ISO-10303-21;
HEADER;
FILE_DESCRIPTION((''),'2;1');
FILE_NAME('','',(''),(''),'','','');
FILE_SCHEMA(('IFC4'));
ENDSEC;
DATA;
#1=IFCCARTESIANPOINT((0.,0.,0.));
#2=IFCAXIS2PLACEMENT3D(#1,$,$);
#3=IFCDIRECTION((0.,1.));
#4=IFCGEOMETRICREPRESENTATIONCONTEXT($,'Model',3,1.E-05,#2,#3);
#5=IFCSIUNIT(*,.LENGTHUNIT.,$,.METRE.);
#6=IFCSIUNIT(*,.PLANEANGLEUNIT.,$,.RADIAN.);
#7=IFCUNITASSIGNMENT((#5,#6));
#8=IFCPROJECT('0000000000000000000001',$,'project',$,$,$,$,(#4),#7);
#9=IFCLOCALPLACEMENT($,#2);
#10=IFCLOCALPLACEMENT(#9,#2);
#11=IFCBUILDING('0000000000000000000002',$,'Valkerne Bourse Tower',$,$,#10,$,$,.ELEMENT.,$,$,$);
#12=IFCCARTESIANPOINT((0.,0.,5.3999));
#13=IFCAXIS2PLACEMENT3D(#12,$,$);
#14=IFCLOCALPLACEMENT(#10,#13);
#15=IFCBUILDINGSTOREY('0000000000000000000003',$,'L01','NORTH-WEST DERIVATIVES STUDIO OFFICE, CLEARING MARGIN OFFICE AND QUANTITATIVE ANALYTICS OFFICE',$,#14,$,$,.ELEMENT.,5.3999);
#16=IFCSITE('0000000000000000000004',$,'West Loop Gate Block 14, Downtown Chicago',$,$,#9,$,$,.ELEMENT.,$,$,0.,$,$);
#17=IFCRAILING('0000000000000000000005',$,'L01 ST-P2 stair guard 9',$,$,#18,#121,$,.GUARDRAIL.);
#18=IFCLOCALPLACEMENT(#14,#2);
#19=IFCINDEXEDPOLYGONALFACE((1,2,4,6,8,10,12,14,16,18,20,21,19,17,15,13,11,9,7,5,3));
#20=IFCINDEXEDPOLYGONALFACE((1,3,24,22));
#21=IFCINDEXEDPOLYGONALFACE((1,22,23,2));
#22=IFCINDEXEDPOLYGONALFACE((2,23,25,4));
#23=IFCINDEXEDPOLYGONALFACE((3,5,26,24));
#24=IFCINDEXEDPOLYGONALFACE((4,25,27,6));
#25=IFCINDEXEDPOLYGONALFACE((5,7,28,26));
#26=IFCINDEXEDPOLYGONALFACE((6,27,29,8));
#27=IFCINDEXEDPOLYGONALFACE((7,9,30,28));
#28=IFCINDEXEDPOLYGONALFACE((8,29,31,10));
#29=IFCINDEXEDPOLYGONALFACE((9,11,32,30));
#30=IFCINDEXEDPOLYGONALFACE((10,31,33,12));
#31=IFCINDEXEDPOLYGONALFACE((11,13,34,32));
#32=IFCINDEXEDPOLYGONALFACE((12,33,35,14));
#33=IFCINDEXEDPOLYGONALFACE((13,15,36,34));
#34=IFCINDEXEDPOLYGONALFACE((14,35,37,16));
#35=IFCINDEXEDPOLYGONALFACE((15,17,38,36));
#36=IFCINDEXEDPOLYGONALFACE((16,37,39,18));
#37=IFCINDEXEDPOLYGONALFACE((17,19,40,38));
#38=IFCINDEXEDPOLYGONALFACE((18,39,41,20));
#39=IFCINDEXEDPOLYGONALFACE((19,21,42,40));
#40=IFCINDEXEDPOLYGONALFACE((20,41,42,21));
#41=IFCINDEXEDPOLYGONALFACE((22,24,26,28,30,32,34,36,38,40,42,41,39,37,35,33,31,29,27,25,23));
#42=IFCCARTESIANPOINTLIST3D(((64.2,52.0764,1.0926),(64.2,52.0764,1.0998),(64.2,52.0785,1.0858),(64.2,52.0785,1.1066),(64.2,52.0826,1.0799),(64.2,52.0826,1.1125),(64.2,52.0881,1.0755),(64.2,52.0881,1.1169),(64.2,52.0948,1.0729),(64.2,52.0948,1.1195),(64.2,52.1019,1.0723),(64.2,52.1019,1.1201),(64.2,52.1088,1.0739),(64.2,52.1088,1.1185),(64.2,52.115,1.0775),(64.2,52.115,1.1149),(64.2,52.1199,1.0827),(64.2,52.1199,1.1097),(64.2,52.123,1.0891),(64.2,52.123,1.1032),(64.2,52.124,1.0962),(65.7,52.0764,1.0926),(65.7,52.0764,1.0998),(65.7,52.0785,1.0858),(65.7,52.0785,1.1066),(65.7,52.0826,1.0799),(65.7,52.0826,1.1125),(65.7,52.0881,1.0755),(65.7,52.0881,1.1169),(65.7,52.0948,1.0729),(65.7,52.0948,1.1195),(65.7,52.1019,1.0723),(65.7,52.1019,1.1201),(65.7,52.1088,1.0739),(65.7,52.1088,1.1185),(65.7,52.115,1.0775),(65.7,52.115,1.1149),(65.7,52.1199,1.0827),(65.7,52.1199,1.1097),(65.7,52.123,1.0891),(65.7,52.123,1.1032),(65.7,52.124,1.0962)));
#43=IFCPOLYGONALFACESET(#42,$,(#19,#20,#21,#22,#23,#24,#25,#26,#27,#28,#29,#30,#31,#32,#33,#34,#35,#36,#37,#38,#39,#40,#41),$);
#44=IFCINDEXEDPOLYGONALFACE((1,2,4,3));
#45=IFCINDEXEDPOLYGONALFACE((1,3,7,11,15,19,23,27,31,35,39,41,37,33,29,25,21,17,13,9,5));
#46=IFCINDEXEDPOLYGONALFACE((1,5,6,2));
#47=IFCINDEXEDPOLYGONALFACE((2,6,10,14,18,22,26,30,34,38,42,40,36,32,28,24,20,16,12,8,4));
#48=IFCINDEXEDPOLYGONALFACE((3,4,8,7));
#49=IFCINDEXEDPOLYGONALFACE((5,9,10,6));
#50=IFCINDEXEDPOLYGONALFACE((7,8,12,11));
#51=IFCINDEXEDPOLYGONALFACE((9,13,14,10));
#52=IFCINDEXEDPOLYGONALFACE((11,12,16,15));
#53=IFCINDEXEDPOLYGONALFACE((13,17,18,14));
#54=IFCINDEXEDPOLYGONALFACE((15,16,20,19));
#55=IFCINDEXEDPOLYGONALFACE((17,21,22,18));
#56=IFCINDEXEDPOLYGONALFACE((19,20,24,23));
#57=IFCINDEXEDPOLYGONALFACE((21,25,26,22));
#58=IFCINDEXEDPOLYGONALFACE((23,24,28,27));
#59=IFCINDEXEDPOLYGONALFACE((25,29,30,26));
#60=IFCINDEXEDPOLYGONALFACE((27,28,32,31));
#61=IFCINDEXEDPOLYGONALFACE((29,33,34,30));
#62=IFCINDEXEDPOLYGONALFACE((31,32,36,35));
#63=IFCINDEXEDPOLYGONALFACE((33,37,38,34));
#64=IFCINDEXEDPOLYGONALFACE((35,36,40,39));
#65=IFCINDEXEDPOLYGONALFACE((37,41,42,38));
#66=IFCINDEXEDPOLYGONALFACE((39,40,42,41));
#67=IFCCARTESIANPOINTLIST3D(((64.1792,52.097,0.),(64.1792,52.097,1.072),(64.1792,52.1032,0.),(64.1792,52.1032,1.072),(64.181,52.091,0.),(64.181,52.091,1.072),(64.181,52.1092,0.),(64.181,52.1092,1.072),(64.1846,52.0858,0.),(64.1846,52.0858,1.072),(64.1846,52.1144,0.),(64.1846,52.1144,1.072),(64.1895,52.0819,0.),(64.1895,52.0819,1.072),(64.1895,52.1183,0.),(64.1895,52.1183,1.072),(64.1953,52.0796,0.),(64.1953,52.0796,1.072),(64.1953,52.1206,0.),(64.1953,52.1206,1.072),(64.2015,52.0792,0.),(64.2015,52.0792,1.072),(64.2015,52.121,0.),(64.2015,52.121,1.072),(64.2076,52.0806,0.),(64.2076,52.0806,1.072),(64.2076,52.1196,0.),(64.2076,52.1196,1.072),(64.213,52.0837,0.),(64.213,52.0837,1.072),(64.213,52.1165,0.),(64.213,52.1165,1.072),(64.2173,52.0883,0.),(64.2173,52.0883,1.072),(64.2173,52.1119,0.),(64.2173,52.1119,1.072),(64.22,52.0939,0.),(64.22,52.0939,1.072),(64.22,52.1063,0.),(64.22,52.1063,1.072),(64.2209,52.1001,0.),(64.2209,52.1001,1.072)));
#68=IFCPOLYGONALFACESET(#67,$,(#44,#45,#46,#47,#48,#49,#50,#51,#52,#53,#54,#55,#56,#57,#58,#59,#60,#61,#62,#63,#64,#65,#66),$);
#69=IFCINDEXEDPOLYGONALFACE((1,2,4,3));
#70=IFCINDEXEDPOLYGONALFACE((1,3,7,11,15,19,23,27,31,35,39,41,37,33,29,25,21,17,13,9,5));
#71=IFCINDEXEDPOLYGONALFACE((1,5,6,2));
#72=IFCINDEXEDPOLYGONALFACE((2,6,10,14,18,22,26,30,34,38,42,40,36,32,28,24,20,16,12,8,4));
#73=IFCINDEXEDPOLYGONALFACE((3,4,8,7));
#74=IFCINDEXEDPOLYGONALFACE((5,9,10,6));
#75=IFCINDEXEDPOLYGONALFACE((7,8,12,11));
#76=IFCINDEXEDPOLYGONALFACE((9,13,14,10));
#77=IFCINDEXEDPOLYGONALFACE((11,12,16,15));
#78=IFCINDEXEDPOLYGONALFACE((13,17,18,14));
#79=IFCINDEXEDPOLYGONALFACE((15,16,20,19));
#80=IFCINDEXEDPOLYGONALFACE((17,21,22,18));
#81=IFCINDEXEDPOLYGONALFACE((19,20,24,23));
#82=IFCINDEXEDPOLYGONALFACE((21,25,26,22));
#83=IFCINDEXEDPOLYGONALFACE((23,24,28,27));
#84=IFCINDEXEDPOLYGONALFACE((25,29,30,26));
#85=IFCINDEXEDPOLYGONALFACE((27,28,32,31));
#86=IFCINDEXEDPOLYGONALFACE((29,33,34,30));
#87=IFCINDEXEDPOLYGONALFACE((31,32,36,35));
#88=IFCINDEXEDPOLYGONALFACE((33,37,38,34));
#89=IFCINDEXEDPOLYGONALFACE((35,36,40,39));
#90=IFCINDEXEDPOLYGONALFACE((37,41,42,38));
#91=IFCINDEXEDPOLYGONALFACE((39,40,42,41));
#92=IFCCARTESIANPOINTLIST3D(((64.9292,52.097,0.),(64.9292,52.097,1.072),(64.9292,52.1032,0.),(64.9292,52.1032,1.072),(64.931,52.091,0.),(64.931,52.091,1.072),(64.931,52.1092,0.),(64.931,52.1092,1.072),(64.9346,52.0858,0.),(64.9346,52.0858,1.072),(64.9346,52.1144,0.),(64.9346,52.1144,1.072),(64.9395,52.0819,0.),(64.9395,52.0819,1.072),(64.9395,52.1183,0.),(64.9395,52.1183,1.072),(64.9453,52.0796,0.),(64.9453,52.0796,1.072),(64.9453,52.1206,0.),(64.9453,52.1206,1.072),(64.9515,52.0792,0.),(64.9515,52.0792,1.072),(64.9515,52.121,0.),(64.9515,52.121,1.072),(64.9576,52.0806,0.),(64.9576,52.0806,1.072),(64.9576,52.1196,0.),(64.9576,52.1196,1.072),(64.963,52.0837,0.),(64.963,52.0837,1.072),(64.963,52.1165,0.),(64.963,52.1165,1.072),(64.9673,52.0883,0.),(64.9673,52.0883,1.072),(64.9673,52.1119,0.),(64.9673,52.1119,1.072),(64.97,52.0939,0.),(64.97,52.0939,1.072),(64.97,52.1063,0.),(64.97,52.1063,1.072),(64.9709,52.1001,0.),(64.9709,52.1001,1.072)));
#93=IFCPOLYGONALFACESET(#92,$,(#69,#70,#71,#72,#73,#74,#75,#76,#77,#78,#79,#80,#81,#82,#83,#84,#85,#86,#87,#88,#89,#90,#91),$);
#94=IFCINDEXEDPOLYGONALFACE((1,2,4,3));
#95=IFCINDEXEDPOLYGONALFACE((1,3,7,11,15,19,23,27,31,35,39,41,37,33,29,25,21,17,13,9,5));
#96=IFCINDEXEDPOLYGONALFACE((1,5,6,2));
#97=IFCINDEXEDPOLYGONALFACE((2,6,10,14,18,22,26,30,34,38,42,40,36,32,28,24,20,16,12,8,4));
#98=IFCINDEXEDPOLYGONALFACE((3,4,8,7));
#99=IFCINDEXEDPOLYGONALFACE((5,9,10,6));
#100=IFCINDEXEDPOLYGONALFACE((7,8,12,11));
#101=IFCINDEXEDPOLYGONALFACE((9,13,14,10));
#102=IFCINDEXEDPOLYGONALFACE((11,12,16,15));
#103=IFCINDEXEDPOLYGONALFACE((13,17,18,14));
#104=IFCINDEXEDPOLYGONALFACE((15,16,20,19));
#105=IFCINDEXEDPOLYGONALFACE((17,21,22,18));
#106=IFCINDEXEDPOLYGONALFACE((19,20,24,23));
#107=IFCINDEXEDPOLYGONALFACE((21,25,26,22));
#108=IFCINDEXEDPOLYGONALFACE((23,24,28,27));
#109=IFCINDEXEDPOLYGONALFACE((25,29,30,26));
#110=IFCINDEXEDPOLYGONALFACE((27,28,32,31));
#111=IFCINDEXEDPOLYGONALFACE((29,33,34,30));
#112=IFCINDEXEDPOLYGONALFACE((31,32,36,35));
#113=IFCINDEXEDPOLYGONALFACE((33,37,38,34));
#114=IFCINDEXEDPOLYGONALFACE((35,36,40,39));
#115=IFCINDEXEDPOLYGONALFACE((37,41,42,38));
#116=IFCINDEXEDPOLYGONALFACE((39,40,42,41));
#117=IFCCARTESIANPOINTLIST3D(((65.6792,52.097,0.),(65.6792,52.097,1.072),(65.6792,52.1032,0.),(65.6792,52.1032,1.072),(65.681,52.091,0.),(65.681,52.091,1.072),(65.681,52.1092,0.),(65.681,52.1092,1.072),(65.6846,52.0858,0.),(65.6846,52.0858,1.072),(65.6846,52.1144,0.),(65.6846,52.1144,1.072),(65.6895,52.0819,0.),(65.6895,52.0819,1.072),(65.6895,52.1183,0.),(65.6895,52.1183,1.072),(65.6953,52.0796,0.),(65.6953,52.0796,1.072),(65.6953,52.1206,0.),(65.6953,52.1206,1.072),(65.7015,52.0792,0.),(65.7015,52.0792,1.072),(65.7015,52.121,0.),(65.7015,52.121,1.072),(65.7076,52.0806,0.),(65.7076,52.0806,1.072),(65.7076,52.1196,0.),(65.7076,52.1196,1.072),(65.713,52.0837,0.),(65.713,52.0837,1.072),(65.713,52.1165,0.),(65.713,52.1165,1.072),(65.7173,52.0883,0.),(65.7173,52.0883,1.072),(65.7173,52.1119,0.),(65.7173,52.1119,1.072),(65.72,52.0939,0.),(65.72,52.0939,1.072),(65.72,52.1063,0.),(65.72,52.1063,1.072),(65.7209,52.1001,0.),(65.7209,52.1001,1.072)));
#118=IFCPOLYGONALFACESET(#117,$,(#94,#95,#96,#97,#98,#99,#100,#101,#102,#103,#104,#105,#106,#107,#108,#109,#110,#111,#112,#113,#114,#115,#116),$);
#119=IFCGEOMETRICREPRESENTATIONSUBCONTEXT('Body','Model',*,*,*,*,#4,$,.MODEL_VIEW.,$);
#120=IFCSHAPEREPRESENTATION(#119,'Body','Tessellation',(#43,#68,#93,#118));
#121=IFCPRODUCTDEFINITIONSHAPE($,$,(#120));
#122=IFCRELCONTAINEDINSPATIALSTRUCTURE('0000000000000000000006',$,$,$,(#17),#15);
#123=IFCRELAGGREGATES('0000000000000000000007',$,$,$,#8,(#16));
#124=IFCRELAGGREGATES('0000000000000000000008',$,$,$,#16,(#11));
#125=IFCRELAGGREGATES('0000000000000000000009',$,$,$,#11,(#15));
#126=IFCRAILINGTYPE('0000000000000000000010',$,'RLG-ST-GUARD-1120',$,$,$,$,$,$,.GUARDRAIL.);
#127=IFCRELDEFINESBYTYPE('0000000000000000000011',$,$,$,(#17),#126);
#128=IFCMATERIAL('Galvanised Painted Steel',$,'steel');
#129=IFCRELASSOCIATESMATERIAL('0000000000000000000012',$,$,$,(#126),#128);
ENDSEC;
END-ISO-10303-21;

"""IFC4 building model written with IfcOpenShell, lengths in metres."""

from ifc_helpers import new_model, si_unit, direction, frame, origin, origin_2d, place, context, subcontext, project, spatial, circle, extrude, material, type_object, element, save


model = new_model("IFC4")

# Units and contexts
model_context = context("Model", 3, precision=1e-05, world=origin(), true_north=direction((0.0, 1.0)))
body_context = subcontext(model_context, "Body", "Model", "MODEL_VIEW")
ifc_project = project(units=[si_unit("LENGTHUNIT", "METRE"), si_unit("PLANEANGLEUNIT", "RADIAN")], contexts=[model_context])

# Site, building, storey
site_placement = place(None, origin())
site = spatial("IfcSite", under=ifc_project, at=site_placement, Name="West Loop Gate Block 14, Downtown Chicago", CompositionType="ELEMENT", RefElevation=0.0)
building_placement = place(site_placement, origin())
building = spatial("IfcBuilding", under=site, at=building_placement, Name="Valkerne Bourse Tower", CompositionType="ELEMENT")
storey_placement = place(building_placement, frame((0.0, 0.0, 5.3999)))
storey = spatial("IfcBuildingStorey", under=building, at=storey_placement, Name="L01", Description="NORTH-WEST DERIVATIVES STUDIO OFFICE, CLEARING MARGIN OFFICE AND QUANTITATIVE ANALYTICS OFFICE", CompositionType="ELEMENT", Elevation=5.3999)

# Railing
ifc_material_1 = material(Name="Galvanised Painted Steel", Category="steel")
railing_type_1 = type_object("IfcRailingType", Name="RLG-ST-GUARD-1120", PredefinedType="GUARDRAIL", material=ifc_material_1)
for number, where, name in (
    (1, (64.2, 52.1001, 0.0), "L01 ST-P2 stair guard 9"),
):
    element("IfcRailing", number, at=place(storey_placement, frame(where)), inside=storey, type_object=railing_type_1, Name=name, PredefinedType="GUARDRAIL", context=body_context, shape_type="SweptSolid", body=[
        extrude(circle(Radius=0.0239, at=origin_2d()), frame((0.0, 0.0, 1.0962), z_axis=(1.0, 0.0, 0.0), x_axis=(0.0, 1.0, 0.0)), (0.0, 0.0, 1.0), 1.5),
        extrude(circle(Radius=0.021, at=origin_2d()), origin(), (0.0, 0.0, 1.0), 1.072),
        extrude(circle(Radius=0.021, at=origin_2d()), frame((0.75, 0.0, 0.0)), (0.0, 0.0, 1.0), 1.072),
        extrude(circle(Radius=0.021, at=origin_2d()), frame((1.5, 0.0, 0.0)), (0.0, 0.0, 1.0), 1.072),
    ])

save(model, "model.ifc")
